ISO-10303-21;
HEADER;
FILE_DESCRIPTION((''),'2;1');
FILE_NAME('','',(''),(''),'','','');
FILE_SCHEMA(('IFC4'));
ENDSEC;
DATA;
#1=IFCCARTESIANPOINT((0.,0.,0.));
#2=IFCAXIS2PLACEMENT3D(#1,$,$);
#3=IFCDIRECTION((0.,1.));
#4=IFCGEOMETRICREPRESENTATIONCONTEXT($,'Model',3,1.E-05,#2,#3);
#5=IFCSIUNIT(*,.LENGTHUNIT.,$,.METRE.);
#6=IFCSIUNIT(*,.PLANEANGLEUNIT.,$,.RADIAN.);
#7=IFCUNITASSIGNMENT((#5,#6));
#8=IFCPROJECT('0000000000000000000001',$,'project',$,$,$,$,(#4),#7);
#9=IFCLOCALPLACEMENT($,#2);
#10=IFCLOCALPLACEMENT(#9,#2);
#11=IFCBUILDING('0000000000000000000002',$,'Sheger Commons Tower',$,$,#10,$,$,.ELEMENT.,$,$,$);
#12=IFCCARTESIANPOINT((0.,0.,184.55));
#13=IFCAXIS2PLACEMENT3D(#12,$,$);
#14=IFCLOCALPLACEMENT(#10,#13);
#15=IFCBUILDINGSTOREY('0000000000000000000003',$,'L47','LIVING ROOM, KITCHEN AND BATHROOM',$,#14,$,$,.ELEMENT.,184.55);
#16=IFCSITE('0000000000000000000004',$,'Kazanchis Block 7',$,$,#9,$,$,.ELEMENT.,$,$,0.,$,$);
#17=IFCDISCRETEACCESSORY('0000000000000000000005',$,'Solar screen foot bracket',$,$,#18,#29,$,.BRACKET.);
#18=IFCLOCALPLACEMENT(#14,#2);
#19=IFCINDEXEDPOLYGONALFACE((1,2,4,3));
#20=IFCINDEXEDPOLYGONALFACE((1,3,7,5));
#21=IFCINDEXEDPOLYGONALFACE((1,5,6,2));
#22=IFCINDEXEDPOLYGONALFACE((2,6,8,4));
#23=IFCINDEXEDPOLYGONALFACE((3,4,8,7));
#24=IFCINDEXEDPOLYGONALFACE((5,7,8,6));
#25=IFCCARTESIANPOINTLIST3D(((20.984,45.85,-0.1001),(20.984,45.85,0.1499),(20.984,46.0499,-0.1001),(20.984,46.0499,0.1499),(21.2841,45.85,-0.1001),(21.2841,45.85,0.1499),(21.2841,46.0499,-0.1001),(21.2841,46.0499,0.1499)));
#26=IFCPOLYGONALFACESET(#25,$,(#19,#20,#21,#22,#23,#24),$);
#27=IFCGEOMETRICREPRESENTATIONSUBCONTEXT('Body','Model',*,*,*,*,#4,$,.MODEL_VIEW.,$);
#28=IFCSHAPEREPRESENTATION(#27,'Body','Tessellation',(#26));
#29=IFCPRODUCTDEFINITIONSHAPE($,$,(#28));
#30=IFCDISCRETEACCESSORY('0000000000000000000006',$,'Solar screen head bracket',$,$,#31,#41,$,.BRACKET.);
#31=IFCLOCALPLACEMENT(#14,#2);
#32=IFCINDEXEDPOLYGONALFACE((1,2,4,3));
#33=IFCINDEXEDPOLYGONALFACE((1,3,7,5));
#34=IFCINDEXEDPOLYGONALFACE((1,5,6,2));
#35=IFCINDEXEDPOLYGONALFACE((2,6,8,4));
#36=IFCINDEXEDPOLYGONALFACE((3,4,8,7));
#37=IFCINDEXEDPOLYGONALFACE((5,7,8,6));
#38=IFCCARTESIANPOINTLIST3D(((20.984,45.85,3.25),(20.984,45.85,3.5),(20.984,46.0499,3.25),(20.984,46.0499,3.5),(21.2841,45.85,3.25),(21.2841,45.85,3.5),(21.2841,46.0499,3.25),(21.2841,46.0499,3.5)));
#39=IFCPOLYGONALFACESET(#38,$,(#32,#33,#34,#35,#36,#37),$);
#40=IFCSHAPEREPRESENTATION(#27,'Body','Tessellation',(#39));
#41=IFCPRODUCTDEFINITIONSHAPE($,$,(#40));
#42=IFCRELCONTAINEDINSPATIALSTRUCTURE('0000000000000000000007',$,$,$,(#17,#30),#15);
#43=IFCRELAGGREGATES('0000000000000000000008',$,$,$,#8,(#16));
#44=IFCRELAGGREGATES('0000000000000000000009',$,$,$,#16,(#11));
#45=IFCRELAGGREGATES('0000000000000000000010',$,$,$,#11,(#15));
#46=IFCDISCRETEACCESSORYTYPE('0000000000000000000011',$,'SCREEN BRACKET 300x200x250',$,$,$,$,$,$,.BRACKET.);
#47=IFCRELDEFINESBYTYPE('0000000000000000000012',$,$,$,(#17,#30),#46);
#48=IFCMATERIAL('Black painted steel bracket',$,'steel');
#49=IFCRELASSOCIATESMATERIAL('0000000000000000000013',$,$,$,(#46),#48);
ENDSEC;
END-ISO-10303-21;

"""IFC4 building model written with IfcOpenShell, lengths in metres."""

from ifc_helpers import new_model, si_unit, direction, frame, origin, origin_2d, place, context, subcontext, project, spatial, rectangle, extrude, material, type_object, element, save


model = new_model("IFC4")

# Units and contexts
model_context = context("Model", 3, precision=1e-05, world=origin(), true_north=direction((0.0, 1.0)))
body_context = subcontext(model_context, "Body", "Model", "MODEL_VIEW")
ifc_project = project(units=[si_unit("LENGTHUNIT", "METRE"), si_unit("PLANEANGLEUNIT", "RADIAN")], contexts=[model_context])

# Site, building, storey
site_placement = place(None, origin())
site = spatial("IfcSite", under=ifc_project, at=site_placement, Name="Kazanchis Block 7", CompositionType="ELEMENT", RefElevation=0.0)
building_placement = place(site_placement, origin())
building = spatial("IfcBuilding", under=site, at=building_placement, Name="Sheger Commons Tower", CompositionType="ELEMENT")
storey_placement = place(building_placement, frame((0.0, 0.0, 184.55)))
storey = spatial("IfcBuildingStorey", under=building, at=storey_placement, Name="L47", Description="LIVING ROOM, KITCHEN AND BATHROOM", CompositionType="ELEMENT", Elevation=184.55)

# Discrete accessories
ifc_material_1 = material(Name="Black painted steel bracket", Category="steel")
discrete_accessory_type = type_object("IfcDiscreteAccessoryType", Name="SCREEN BRACKET 300x200x250", PredefinedType="BRACKET", material=ifc_material_1)
for number, where, z_axis, x_axis, name in (
    (1, (21.134, 45.95, -0.1001), (0.0, 0.0, 1.0), (-1.0, 0.0, 0.0), "Solar screen foot bracket"),
    (2, (21.134, 45.95, 3.25), (0.0, 0.0, 1.0), (-1.0, 0.0, 0.0), "Solar screen head bracket"),
):
    element("IfcDiscreteAccessory", number, at=place(storey_placement, frame(where, z_axis=z_axis, x_axis=x_axis)), inside=storey, type_object=discrete_accessory_type, Name=name, PredefinedType="BRACKET", context=body_context, shape_type="SweptSolid", body=[
        extrude(rectangle(XDim=0.3, YDim=0.2, at=origin_2d()), origin(), (0.0, 0.0, 1.0), 0.25),
    ])

save(model, "model.ifc")
